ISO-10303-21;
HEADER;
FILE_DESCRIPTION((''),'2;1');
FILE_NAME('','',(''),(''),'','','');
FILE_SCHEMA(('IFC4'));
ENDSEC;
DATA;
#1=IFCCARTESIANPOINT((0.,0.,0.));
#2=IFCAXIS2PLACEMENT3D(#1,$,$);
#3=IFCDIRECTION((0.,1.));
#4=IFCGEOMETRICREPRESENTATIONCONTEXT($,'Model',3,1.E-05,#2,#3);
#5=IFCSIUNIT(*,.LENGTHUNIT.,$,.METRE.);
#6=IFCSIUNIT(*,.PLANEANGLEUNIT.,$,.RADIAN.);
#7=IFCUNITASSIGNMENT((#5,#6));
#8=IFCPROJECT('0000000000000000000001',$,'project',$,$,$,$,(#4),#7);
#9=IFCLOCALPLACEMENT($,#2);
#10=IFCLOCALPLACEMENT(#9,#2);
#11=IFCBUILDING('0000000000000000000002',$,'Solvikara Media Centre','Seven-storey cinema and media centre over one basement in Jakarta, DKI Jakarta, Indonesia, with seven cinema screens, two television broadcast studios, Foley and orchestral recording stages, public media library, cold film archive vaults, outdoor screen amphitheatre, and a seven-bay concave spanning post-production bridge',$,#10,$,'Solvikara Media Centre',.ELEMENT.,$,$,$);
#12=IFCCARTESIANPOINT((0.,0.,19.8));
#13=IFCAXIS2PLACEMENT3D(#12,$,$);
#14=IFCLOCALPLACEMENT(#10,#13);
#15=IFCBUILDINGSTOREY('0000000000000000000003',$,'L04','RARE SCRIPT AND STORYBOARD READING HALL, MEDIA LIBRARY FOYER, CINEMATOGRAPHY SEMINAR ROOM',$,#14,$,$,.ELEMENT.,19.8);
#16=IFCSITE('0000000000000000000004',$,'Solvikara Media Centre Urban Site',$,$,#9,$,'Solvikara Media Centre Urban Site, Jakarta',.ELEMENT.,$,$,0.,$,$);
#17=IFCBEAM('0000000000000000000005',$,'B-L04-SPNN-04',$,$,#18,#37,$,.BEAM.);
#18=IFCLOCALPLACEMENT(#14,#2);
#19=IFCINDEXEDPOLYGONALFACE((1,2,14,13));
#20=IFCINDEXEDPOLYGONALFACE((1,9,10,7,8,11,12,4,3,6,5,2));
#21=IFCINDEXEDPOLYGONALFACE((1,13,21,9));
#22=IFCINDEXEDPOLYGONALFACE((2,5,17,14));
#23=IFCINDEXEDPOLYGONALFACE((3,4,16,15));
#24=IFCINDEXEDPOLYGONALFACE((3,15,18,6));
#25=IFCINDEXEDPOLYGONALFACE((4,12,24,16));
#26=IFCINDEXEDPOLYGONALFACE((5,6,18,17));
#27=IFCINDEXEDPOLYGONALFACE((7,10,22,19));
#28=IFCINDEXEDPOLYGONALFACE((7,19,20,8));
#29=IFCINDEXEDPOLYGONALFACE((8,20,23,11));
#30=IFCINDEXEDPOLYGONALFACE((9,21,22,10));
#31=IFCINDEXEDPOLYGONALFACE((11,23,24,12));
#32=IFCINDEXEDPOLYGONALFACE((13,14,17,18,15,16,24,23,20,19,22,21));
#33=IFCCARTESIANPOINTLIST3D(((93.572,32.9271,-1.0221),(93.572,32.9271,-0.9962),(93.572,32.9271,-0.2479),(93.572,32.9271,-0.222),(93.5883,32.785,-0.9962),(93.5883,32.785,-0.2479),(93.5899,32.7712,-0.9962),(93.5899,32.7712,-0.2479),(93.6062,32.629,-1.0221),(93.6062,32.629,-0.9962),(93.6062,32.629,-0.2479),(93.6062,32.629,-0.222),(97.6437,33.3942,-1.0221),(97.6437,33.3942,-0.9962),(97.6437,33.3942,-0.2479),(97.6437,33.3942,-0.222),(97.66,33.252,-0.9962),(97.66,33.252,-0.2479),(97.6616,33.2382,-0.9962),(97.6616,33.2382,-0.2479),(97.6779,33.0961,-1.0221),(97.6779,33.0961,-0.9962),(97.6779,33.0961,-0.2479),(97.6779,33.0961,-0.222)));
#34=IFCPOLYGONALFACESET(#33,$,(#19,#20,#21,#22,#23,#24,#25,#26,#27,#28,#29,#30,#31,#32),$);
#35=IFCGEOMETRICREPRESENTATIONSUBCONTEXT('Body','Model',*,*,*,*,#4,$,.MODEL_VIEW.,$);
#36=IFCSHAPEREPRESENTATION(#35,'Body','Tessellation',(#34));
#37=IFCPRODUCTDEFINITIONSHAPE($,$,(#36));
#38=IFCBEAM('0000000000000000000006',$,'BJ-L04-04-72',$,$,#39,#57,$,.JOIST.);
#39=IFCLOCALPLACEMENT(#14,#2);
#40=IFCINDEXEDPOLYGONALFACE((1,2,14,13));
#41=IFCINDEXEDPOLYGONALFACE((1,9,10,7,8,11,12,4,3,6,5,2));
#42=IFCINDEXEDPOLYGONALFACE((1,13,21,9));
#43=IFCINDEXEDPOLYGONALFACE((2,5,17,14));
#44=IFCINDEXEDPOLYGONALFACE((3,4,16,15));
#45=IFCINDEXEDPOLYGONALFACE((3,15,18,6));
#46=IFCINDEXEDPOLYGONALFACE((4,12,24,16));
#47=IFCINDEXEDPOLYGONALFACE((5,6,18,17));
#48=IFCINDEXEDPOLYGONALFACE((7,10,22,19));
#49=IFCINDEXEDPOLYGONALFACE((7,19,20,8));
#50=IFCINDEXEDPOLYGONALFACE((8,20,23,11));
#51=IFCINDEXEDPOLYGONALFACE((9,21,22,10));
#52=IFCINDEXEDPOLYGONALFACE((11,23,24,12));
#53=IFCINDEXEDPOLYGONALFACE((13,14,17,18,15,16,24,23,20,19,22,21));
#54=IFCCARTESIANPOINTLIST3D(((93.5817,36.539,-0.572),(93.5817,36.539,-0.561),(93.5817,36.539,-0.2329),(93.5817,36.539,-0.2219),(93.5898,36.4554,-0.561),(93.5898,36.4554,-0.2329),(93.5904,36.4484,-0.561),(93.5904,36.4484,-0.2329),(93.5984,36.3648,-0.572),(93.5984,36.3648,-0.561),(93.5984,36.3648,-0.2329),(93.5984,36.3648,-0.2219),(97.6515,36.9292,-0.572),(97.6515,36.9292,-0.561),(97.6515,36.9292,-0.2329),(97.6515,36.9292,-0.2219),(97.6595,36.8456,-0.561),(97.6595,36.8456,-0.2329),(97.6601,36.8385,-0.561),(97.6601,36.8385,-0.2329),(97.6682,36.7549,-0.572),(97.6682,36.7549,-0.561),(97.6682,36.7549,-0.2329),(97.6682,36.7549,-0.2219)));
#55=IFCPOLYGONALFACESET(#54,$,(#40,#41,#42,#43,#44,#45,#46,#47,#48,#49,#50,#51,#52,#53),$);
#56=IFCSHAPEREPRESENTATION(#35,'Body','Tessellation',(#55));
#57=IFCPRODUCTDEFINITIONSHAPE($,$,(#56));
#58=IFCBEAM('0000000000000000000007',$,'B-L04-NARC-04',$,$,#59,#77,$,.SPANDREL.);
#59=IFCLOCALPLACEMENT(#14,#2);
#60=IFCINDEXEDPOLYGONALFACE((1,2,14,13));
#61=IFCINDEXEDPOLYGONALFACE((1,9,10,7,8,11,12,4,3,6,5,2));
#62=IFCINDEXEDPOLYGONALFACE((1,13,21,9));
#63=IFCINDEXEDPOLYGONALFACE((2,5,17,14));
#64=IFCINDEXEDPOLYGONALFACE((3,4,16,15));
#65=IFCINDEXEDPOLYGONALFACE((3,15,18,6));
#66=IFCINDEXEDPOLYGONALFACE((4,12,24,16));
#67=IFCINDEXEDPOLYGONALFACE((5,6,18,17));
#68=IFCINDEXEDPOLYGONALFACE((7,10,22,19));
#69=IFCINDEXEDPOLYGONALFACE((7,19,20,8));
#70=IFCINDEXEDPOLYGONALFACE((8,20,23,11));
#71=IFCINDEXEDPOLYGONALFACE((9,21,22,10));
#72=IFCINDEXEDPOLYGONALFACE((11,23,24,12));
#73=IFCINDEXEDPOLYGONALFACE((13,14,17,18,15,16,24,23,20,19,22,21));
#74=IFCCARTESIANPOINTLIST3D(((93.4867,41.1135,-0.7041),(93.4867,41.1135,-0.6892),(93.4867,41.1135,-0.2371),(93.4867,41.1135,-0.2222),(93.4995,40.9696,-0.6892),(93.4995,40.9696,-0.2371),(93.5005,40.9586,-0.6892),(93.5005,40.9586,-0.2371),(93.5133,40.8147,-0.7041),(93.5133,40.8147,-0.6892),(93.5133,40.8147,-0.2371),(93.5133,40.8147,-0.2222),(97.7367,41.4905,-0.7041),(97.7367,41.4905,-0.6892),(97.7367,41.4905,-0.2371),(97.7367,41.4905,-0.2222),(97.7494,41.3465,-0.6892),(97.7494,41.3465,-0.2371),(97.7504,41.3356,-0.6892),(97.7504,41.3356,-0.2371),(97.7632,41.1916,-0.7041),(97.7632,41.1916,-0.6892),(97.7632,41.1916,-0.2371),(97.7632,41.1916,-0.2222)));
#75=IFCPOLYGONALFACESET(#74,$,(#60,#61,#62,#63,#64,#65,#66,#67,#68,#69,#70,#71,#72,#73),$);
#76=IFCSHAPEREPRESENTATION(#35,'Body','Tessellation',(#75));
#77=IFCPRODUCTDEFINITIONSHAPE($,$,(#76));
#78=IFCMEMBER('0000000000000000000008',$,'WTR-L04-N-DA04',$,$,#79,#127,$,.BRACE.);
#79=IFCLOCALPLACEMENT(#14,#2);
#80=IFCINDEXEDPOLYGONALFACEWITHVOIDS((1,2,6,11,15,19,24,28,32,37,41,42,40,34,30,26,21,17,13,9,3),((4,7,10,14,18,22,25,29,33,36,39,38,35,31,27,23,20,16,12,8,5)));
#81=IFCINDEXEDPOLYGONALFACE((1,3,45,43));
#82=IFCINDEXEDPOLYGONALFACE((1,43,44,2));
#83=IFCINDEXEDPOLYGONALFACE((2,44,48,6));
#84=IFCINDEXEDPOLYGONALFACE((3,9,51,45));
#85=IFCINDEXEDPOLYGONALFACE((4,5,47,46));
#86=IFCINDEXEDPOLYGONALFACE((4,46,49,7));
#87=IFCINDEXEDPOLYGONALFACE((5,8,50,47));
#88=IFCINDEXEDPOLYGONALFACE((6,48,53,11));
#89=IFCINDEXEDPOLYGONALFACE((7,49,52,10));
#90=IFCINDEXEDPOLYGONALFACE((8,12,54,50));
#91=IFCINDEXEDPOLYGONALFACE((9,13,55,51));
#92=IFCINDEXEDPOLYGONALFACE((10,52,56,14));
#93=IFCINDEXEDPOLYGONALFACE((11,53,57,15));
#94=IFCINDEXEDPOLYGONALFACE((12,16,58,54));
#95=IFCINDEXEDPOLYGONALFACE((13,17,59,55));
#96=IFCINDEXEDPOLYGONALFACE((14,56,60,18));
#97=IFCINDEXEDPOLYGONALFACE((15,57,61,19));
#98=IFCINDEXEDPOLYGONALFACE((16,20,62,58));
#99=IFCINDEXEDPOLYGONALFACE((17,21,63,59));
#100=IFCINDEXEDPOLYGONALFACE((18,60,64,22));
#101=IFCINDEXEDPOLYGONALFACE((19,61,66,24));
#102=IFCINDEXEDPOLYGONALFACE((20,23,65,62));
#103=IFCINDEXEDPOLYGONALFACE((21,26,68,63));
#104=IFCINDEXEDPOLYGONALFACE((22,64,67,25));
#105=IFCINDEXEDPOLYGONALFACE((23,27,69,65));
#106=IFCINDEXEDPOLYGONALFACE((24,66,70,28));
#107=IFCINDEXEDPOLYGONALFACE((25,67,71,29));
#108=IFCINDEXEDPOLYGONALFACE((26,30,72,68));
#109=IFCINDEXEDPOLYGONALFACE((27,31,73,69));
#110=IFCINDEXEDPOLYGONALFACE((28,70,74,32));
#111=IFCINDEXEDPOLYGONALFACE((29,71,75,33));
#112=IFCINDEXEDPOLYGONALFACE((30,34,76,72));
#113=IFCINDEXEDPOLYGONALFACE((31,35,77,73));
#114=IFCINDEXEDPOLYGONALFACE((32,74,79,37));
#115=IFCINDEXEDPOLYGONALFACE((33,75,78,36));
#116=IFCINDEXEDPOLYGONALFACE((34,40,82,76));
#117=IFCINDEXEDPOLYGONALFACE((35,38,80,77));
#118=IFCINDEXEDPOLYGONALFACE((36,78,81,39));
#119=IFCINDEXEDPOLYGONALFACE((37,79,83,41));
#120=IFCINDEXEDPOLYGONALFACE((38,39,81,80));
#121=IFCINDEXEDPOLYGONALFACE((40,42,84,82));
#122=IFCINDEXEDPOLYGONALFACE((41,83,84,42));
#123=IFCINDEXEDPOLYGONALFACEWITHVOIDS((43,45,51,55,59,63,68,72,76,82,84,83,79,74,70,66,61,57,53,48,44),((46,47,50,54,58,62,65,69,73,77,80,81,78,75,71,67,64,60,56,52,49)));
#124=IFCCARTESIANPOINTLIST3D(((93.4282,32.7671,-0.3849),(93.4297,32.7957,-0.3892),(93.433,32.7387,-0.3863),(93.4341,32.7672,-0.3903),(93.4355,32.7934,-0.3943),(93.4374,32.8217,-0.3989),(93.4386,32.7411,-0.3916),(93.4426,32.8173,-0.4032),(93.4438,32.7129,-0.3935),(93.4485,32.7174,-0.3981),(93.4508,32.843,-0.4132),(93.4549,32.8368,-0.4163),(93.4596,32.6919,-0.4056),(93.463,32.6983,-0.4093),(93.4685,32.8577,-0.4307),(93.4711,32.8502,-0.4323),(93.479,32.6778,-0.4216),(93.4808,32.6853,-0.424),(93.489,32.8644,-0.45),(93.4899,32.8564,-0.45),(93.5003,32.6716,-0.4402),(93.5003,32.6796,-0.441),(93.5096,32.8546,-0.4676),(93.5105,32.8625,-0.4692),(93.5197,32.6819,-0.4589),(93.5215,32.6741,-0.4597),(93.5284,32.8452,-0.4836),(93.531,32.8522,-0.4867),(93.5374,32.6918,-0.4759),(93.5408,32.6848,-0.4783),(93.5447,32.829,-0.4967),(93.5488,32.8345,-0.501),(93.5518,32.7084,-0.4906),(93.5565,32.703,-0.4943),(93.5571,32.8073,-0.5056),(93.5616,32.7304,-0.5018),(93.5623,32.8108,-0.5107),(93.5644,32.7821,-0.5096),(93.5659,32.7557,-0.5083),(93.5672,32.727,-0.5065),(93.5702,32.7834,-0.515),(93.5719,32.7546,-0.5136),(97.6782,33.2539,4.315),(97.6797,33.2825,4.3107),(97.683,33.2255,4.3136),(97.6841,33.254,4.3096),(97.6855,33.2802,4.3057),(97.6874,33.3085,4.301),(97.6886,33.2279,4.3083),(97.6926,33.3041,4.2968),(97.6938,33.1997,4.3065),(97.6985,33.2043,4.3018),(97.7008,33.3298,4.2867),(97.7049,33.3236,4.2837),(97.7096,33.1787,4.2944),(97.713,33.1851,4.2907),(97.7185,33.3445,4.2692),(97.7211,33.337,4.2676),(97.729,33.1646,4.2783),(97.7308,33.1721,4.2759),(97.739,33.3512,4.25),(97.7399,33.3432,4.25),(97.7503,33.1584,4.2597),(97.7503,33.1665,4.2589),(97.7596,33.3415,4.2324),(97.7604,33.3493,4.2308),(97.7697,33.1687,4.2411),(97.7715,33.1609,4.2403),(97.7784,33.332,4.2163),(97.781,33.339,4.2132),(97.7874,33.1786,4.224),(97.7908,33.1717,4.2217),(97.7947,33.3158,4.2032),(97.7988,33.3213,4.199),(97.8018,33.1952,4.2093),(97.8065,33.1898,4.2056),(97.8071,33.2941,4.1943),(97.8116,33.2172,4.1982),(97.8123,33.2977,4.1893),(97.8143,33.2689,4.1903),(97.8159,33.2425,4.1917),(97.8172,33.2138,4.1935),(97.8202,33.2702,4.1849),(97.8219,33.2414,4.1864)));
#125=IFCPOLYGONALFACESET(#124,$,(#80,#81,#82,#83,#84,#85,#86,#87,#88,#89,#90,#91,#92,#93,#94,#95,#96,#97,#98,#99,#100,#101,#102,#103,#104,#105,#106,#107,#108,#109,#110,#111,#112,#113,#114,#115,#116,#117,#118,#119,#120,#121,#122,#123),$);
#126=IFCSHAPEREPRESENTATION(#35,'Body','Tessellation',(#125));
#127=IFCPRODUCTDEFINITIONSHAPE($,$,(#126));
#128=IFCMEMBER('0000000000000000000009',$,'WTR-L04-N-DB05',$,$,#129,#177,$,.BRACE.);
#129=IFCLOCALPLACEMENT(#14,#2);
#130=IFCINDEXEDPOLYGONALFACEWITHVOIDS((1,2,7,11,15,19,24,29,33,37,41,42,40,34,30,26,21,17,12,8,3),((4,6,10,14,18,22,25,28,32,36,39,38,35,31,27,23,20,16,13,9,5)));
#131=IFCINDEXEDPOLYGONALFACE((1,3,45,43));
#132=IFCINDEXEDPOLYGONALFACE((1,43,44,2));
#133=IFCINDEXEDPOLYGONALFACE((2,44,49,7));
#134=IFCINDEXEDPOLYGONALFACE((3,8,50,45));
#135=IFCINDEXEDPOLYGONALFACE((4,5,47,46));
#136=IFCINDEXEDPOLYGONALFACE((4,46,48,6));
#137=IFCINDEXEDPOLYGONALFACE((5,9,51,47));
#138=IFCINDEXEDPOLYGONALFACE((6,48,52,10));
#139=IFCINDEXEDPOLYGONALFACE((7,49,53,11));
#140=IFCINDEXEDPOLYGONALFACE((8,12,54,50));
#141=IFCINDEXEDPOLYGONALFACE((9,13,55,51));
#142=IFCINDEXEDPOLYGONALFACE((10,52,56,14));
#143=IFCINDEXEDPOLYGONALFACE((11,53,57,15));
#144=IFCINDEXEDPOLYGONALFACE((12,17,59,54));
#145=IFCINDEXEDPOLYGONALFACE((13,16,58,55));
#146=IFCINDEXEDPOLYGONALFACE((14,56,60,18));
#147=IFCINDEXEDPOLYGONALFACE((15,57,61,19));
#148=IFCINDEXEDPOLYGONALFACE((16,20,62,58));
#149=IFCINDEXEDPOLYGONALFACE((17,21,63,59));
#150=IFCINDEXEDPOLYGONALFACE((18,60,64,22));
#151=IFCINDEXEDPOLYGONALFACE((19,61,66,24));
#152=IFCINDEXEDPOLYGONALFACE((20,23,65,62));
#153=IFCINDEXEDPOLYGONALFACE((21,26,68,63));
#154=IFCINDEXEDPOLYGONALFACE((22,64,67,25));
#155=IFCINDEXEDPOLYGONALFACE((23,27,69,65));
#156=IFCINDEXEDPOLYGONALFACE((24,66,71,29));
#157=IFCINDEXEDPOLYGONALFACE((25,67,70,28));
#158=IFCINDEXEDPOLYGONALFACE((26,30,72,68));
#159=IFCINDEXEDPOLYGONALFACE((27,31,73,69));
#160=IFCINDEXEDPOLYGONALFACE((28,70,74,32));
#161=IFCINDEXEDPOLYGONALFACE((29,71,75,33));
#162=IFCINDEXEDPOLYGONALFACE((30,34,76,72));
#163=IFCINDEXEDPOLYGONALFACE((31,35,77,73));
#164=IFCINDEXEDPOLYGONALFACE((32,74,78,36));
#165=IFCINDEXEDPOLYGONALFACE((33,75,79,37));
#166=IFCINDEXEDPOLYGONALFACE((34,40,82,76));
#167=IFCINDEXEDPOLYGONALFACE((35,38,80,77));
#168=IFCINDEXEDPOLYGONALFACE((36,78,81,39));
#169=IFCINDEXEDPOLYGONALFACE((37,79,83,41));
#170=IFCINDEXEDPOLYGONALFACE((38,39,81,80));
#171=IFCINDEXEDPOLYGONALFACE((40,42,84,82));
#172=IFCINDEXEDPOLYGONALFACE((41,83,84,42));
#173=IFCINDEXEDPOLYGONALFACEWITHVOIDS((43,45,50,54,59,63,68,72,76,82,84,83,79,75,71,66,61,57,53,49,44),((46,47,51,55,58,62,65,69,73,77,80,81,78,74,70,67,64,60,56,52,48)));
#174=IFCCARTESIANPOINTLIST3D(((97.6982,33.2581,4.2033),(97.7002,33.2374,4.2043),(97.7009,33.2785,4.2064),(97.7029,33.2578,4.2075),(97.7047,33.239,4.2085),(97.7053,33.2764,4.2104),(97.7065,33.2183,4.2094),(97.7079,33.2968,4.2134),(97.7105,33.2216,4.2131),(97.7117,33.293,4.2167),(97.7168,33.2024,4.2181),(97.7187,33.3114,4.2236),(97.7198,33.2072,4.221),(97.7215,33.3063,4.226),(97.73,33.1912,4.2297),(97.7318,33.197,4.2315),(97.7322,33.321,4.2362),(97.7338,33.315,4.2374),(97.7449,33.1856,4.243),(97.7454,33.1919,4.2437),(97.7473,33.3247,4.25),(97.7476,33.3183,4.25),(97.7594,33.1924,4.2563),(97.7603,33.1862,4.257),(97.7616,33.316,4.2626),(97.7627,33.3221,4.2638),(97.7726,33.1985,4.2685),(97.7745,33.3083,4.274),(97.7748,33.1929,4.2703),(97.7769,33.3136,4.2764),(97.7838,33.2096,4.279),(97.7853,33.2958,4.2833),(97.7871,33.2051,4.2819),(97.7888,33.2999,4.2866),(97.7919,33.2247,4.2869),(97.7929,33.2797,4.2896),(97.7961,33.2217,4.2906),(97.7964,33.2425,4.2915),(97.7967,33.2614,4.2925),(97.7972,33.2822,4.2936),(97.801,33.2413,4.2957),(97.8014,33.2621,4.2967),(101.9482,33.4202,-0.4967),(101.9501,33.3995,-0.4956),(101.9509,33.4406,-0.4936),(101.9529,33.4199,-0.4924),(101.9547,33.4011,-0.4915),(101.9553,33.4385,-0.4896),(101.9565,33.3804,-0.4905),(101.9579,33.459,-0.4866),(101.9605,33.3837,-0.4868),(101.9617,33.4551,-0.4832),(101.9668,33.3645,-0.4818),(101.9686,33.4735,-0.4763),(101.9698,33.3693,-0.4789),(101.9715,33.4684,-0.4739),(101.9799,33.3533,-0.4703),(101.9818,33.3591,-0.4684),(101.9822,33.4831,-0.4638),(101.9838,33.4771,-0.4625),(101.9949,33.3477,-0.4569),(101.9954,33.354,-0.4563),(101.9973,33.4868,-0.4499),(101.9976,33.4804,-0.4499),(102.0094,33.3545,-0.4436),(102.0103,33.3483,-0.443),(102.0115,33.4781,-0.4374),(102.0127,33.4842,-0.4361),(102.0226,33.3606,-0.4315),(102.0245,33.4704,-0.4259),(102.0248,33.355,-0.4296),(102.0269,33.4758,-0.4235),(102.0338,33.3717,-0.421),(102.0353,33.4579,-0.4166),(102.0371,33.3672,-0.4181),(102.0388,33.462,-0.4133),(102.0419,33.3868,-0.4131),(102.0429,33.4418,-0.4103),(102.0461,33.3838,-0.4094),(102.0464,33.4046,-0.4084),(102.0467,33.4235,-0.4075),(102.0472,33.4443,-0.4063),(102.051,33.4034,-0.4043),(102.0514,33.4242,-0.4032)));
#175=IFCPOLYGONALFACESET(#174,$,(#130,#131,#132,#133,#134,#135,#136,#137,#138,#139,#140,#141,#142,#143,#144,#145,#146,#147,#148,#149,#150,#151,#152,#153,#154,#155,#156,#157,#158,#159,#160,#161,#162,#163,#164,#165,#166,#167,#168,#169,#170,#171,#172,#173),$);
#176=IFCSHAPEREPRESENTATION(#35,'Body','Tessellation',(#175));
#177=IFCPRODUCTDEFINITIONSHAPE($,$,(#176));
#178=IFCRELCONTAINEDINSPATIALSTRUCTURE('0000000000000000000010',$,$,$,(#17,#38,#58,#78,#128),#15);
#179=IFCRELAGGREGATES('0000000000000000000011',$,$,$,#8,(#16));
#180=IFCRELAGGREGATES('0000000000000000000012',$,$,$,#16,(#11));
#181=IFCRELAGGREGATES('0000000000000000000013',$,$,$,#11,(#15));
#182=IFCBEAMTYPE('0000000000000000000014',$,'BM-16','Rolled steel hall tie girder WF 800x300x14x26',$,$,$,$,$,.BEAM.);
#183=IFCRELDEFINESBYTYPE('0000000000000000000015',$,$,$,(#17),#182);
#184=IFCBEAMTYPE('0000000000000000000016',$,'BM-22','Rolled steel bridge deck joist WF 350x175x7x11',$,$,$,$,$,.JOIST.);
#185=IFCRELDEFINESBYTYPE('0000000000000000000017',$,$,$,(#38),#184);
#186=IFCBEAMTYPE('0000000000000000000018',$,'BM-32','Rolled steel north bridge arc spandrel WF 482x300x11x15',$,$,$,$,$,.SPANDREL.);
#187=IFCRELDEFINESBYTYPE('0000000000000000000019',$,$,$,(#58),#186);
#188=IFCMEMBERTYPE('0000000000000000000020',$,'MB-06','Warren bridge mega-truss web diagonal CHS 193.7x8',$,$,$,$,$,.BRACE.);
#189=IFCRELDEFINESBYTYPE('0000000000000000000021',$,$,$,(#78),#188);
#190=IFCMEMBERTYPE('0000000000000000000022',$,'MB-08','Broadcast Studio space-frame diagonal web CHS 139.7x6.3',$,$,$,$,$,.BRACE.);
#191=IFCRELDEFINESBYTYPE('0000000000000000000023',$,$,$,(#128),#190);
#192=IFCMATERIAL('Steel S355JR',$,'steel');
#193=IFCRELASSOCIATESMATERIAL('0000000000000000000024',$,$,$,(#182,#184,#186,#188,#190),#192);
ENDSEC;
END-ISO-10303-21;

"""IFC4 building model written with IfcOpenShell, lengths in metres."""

from ifc_helpers import new_model, si_unit, direction, frame, origin, origin_2d, place, context, subcontext, project, spatial, hollow_circle, i_section, extrude, material, material_profile, profile_set, type_object, element, save


model = new_model("IFC4")

# Units and contexts
model_context = context("Model", 3, precision=1e-05, world=origin(), true_north=direction((0.0, 1.0)))
body_context = subcontext(model_context, "Body", "Model", "MODEL_VIEW")
ifc_project = project(units=[si_unit("LENGTHUNIT", "METRE"), si_unit("PLANEANGLEUNIT", "RADIAN")], contexts=[model_context])

# Site, building, storey
site_placement = place(None, origin())
site = spatial("IfcSite", under=ifc_project, at=site_placement, Name="Solvikara Media Centre Urban Site", LongName="Solvikara Media Centre Urban Site, Jakarta", CompositionType="ELEMENT", RefElevation=0.0)
building_placement = place(site_placement, origin())
building = spatial("IfcBuilding", under=site, at=building_placement, Name="Solvikara Media Centre", Description="Seven-storey cinema and media centre over one basement in Jakarta, DKI Jakarta, Indonesia, with seven cinema screens, two television broadcast studios, Foley and orchestral recording stages, public media library, cold film archive vaults, outdoor screen amphitheatre, and a seven-bay concave spanning post-production bridge", LongName="Solvikara Media Centre", CompositionType="ELEMENT")
storey_placement = place(building_placement, frame((0.0, 0.0, 19.8)))
storey = spatial("IfcBuildingStorey", under=building, at=storey_placement, Name="L04", Description="RARE SCRIPT AND STORYBOARD READING HALL, MEDIA LIBRARY FOYER, CINEMATOGRAPHY SEMINAR ROOM", CompositionType="ELEMENT", Elevation=19.8)

# Beams
ifc_material_1 = material(Name="Steel S355JR", Category="steel")
ifc_material_profile_1 = material_profile(ifc_material_1, i_section(OverallWidth=0.3, OverallDepth=0.8, WebThickness=0.0139, FlangeThickness=0.0259, at=origin_2d()), Name="WF 800x300x14x26")
ifc_profile_set_1 = profile_set([ifc_material_profile_1], Name="Steel S355JR")
beam_type_1 = type_object("IfcBeamType", Name="BM-16", Description="Rolled steel hall tie girder WF 800x300x14x26", PredefinedType="BEAM", material=ifc_profile_set_1)
beam_1_placement = place(storey_placement, frame((93.5891, 32.7781, -0.6221), z_axis=(0.993486, 0.113955, 0.0), x_axis=(-0.113955, 0.993486, 0.0)))
element("IfcBeam", 1, at=beam_1_placement, inside=storey, type_object=beam_type_1, Name="B-L04-SPNN-04", PredefinedType="BEAM", context=body_context, shape_type="SweptSolid", body=[
    extrude(i_section(OverallWidth=0.3, OverallDepth=0.8, WebThickness=0.0139, FlangeThickness=0.0259, at=origin_2d()), origin(), (0.0, 0.0, 1.0), 4.0984),
])
ifc_material_profile_2 = material_profile(ifc_material_1, i_section(OverallWidth=0.175, OverallDepth=0.3501, WebThickness=0.0071, FlangeThickness=0.011, at=origin_2d()), Name="WF 350x175x7x11")
ifc_profile_set_2 = profile_set([ifc_material_profile_2], Name="Steel S355JR")
beam_type_2 = type_object("IfcBeamType", Name="BM-22", Description="Rolled steel bridge deck joist WF 350x175x7x11", PredefinedType="JOIST", material=ifc_profile_set_2)
beam_2_placement = place(storey_placement, frame((93.5901, 36.4519, -0.397), z_axis=(0.995437, 0.095423, 0.0), x_axis=(-0.095423, 0.995437, 0.0)))
element("IfcBeam", 2, at=beam_2_placement, inside=storey, type_object=beam_type_2, Name="BJ-L04-04-72", PredefinedType="JOIST", context=body_context, shape_type="SweptSolid", body=[
    extrude(i_section(OverallWidth=0.175, OverallDepth=0.3501, WebThickness=0.0071, FlangeThickness=0.011, at=origin_2d()), origin(), (0.0, 0.0, 1.0), 4.0884),
])
ifc_material_profile_3 = material_profile(ifc_material_1, i_section(OverallWidth=0.3, OverallDepth=0.4819, WebThickness=0.011, FlangeThickness=0.0149, at=origin_2d()), Name="WF 482x300x11x15")
ifc_profile_set_3 = profile_set([ifc_material_profile_3], Name="Steel S355JR")
beam_type_3 = type_object("IfcBeamType", Name="BM-32", Description="Rolled steel north bridge arc spandrel WF 482x300x11x15", PredefinedType="SPANDREL", material=ifc_profile_set_3)
beam_3_placement = place(storey_placement, frame((93.5, 40.9641, -0.4631), z_axis=(0.99609, 0.088348, 0.0), x_axis=(-0.088348, 0.99609, 0.0)))
element("IfcBeam", 3, at=beam_3_placement, inside=storey, type_object=beam_type_3, Name="B-L04-NARC-04", PredefinedType="SPANDREL", context=body_context, shape_type="SweptSolid", body=[
    extrude(i_section(OverallWidth=0.3, OverallDepth=0.4819, WebThickness=0.011, FlangeThickness=0.0149, at=origin_2d()), origin(), (0.0, 0.0, 1.0), 4.2666),
])

# Members
ifc_material_profile_4 = material_profile(ifc_material_1, hollow_circle(Radius=0.0969, WallThickness=0.0081, at=origin_2d()), Name="CHS 193.7x8")
ifc_profile_set_4 = profile_set([ifc_material_profile_4], Name="Steel S355JR")
member_type_1 = type_object("IfcMemberType", Name="MB-06", Description="Warren bridge mega-truss web diagonal CHS 193.7x8", PredefinedType="BRACE", material=ifc_profile_set_4)
member_1_placement = place(storey_placement, frame((93.5, 32.7681, -0.45), z_axis=(0.66874, 0.076601, 0.73954), x_axis=(-0.113801, 0.993504, 0.0)))
element("IfcMember", 4, at=member_1_placement, inside=storey, type_object=member_type_1, Name="WTR-L04-N-DA04", PredefinedType="BRACE", context=body_context, shape_type="SweptSolid", body=[
    extrude(hollow_circle(Radius=0.0969, WallThickness=0.0081, at=origin_2d()), origin(), (0.0, 0.0, 1.0), 6.3552),
])
ifc_material_profile_5 = material_profile(ifc_material_1, hollow_circle(Radius=0.0698, WallThickness=0.0063, at=origin_2d()), Name="CHS 139.7x6.3")
ifc_profile_set_5 = profile_set([ifc_material_profile_5], Name="Steel S355JR")
member_type_2 = type_object("IfcMemberType", Name="MB-08", Description="Broadcast Studio space-frame diagonal web CHS 139.7x6.3", PredefinedType="BRACE", material=ifc_profile_set_5)
member_2_placement = place(storey_placement, frame((97.75, 33.2549, 4.25), z_axis=(0.670491, 0.025575, -0.741477), x_axis=(-0.038116, 0.999273, 0.0)))
element("IfcMember", 5, at=member_2_placement, inside=storey, type_object=member_type_2, Name="WTR-L04-N-DB05", PredefinedType="BRACE", context=body_context, shape_type="SweptSolid", body=[
    extrude(hollow_circle(Radius=0.0698, WallThickness=0.0063, at=origin_2d()), origin(), (0.0, 0.0, 1.0), 6.3386),
])

save(model, "model.ifc")
